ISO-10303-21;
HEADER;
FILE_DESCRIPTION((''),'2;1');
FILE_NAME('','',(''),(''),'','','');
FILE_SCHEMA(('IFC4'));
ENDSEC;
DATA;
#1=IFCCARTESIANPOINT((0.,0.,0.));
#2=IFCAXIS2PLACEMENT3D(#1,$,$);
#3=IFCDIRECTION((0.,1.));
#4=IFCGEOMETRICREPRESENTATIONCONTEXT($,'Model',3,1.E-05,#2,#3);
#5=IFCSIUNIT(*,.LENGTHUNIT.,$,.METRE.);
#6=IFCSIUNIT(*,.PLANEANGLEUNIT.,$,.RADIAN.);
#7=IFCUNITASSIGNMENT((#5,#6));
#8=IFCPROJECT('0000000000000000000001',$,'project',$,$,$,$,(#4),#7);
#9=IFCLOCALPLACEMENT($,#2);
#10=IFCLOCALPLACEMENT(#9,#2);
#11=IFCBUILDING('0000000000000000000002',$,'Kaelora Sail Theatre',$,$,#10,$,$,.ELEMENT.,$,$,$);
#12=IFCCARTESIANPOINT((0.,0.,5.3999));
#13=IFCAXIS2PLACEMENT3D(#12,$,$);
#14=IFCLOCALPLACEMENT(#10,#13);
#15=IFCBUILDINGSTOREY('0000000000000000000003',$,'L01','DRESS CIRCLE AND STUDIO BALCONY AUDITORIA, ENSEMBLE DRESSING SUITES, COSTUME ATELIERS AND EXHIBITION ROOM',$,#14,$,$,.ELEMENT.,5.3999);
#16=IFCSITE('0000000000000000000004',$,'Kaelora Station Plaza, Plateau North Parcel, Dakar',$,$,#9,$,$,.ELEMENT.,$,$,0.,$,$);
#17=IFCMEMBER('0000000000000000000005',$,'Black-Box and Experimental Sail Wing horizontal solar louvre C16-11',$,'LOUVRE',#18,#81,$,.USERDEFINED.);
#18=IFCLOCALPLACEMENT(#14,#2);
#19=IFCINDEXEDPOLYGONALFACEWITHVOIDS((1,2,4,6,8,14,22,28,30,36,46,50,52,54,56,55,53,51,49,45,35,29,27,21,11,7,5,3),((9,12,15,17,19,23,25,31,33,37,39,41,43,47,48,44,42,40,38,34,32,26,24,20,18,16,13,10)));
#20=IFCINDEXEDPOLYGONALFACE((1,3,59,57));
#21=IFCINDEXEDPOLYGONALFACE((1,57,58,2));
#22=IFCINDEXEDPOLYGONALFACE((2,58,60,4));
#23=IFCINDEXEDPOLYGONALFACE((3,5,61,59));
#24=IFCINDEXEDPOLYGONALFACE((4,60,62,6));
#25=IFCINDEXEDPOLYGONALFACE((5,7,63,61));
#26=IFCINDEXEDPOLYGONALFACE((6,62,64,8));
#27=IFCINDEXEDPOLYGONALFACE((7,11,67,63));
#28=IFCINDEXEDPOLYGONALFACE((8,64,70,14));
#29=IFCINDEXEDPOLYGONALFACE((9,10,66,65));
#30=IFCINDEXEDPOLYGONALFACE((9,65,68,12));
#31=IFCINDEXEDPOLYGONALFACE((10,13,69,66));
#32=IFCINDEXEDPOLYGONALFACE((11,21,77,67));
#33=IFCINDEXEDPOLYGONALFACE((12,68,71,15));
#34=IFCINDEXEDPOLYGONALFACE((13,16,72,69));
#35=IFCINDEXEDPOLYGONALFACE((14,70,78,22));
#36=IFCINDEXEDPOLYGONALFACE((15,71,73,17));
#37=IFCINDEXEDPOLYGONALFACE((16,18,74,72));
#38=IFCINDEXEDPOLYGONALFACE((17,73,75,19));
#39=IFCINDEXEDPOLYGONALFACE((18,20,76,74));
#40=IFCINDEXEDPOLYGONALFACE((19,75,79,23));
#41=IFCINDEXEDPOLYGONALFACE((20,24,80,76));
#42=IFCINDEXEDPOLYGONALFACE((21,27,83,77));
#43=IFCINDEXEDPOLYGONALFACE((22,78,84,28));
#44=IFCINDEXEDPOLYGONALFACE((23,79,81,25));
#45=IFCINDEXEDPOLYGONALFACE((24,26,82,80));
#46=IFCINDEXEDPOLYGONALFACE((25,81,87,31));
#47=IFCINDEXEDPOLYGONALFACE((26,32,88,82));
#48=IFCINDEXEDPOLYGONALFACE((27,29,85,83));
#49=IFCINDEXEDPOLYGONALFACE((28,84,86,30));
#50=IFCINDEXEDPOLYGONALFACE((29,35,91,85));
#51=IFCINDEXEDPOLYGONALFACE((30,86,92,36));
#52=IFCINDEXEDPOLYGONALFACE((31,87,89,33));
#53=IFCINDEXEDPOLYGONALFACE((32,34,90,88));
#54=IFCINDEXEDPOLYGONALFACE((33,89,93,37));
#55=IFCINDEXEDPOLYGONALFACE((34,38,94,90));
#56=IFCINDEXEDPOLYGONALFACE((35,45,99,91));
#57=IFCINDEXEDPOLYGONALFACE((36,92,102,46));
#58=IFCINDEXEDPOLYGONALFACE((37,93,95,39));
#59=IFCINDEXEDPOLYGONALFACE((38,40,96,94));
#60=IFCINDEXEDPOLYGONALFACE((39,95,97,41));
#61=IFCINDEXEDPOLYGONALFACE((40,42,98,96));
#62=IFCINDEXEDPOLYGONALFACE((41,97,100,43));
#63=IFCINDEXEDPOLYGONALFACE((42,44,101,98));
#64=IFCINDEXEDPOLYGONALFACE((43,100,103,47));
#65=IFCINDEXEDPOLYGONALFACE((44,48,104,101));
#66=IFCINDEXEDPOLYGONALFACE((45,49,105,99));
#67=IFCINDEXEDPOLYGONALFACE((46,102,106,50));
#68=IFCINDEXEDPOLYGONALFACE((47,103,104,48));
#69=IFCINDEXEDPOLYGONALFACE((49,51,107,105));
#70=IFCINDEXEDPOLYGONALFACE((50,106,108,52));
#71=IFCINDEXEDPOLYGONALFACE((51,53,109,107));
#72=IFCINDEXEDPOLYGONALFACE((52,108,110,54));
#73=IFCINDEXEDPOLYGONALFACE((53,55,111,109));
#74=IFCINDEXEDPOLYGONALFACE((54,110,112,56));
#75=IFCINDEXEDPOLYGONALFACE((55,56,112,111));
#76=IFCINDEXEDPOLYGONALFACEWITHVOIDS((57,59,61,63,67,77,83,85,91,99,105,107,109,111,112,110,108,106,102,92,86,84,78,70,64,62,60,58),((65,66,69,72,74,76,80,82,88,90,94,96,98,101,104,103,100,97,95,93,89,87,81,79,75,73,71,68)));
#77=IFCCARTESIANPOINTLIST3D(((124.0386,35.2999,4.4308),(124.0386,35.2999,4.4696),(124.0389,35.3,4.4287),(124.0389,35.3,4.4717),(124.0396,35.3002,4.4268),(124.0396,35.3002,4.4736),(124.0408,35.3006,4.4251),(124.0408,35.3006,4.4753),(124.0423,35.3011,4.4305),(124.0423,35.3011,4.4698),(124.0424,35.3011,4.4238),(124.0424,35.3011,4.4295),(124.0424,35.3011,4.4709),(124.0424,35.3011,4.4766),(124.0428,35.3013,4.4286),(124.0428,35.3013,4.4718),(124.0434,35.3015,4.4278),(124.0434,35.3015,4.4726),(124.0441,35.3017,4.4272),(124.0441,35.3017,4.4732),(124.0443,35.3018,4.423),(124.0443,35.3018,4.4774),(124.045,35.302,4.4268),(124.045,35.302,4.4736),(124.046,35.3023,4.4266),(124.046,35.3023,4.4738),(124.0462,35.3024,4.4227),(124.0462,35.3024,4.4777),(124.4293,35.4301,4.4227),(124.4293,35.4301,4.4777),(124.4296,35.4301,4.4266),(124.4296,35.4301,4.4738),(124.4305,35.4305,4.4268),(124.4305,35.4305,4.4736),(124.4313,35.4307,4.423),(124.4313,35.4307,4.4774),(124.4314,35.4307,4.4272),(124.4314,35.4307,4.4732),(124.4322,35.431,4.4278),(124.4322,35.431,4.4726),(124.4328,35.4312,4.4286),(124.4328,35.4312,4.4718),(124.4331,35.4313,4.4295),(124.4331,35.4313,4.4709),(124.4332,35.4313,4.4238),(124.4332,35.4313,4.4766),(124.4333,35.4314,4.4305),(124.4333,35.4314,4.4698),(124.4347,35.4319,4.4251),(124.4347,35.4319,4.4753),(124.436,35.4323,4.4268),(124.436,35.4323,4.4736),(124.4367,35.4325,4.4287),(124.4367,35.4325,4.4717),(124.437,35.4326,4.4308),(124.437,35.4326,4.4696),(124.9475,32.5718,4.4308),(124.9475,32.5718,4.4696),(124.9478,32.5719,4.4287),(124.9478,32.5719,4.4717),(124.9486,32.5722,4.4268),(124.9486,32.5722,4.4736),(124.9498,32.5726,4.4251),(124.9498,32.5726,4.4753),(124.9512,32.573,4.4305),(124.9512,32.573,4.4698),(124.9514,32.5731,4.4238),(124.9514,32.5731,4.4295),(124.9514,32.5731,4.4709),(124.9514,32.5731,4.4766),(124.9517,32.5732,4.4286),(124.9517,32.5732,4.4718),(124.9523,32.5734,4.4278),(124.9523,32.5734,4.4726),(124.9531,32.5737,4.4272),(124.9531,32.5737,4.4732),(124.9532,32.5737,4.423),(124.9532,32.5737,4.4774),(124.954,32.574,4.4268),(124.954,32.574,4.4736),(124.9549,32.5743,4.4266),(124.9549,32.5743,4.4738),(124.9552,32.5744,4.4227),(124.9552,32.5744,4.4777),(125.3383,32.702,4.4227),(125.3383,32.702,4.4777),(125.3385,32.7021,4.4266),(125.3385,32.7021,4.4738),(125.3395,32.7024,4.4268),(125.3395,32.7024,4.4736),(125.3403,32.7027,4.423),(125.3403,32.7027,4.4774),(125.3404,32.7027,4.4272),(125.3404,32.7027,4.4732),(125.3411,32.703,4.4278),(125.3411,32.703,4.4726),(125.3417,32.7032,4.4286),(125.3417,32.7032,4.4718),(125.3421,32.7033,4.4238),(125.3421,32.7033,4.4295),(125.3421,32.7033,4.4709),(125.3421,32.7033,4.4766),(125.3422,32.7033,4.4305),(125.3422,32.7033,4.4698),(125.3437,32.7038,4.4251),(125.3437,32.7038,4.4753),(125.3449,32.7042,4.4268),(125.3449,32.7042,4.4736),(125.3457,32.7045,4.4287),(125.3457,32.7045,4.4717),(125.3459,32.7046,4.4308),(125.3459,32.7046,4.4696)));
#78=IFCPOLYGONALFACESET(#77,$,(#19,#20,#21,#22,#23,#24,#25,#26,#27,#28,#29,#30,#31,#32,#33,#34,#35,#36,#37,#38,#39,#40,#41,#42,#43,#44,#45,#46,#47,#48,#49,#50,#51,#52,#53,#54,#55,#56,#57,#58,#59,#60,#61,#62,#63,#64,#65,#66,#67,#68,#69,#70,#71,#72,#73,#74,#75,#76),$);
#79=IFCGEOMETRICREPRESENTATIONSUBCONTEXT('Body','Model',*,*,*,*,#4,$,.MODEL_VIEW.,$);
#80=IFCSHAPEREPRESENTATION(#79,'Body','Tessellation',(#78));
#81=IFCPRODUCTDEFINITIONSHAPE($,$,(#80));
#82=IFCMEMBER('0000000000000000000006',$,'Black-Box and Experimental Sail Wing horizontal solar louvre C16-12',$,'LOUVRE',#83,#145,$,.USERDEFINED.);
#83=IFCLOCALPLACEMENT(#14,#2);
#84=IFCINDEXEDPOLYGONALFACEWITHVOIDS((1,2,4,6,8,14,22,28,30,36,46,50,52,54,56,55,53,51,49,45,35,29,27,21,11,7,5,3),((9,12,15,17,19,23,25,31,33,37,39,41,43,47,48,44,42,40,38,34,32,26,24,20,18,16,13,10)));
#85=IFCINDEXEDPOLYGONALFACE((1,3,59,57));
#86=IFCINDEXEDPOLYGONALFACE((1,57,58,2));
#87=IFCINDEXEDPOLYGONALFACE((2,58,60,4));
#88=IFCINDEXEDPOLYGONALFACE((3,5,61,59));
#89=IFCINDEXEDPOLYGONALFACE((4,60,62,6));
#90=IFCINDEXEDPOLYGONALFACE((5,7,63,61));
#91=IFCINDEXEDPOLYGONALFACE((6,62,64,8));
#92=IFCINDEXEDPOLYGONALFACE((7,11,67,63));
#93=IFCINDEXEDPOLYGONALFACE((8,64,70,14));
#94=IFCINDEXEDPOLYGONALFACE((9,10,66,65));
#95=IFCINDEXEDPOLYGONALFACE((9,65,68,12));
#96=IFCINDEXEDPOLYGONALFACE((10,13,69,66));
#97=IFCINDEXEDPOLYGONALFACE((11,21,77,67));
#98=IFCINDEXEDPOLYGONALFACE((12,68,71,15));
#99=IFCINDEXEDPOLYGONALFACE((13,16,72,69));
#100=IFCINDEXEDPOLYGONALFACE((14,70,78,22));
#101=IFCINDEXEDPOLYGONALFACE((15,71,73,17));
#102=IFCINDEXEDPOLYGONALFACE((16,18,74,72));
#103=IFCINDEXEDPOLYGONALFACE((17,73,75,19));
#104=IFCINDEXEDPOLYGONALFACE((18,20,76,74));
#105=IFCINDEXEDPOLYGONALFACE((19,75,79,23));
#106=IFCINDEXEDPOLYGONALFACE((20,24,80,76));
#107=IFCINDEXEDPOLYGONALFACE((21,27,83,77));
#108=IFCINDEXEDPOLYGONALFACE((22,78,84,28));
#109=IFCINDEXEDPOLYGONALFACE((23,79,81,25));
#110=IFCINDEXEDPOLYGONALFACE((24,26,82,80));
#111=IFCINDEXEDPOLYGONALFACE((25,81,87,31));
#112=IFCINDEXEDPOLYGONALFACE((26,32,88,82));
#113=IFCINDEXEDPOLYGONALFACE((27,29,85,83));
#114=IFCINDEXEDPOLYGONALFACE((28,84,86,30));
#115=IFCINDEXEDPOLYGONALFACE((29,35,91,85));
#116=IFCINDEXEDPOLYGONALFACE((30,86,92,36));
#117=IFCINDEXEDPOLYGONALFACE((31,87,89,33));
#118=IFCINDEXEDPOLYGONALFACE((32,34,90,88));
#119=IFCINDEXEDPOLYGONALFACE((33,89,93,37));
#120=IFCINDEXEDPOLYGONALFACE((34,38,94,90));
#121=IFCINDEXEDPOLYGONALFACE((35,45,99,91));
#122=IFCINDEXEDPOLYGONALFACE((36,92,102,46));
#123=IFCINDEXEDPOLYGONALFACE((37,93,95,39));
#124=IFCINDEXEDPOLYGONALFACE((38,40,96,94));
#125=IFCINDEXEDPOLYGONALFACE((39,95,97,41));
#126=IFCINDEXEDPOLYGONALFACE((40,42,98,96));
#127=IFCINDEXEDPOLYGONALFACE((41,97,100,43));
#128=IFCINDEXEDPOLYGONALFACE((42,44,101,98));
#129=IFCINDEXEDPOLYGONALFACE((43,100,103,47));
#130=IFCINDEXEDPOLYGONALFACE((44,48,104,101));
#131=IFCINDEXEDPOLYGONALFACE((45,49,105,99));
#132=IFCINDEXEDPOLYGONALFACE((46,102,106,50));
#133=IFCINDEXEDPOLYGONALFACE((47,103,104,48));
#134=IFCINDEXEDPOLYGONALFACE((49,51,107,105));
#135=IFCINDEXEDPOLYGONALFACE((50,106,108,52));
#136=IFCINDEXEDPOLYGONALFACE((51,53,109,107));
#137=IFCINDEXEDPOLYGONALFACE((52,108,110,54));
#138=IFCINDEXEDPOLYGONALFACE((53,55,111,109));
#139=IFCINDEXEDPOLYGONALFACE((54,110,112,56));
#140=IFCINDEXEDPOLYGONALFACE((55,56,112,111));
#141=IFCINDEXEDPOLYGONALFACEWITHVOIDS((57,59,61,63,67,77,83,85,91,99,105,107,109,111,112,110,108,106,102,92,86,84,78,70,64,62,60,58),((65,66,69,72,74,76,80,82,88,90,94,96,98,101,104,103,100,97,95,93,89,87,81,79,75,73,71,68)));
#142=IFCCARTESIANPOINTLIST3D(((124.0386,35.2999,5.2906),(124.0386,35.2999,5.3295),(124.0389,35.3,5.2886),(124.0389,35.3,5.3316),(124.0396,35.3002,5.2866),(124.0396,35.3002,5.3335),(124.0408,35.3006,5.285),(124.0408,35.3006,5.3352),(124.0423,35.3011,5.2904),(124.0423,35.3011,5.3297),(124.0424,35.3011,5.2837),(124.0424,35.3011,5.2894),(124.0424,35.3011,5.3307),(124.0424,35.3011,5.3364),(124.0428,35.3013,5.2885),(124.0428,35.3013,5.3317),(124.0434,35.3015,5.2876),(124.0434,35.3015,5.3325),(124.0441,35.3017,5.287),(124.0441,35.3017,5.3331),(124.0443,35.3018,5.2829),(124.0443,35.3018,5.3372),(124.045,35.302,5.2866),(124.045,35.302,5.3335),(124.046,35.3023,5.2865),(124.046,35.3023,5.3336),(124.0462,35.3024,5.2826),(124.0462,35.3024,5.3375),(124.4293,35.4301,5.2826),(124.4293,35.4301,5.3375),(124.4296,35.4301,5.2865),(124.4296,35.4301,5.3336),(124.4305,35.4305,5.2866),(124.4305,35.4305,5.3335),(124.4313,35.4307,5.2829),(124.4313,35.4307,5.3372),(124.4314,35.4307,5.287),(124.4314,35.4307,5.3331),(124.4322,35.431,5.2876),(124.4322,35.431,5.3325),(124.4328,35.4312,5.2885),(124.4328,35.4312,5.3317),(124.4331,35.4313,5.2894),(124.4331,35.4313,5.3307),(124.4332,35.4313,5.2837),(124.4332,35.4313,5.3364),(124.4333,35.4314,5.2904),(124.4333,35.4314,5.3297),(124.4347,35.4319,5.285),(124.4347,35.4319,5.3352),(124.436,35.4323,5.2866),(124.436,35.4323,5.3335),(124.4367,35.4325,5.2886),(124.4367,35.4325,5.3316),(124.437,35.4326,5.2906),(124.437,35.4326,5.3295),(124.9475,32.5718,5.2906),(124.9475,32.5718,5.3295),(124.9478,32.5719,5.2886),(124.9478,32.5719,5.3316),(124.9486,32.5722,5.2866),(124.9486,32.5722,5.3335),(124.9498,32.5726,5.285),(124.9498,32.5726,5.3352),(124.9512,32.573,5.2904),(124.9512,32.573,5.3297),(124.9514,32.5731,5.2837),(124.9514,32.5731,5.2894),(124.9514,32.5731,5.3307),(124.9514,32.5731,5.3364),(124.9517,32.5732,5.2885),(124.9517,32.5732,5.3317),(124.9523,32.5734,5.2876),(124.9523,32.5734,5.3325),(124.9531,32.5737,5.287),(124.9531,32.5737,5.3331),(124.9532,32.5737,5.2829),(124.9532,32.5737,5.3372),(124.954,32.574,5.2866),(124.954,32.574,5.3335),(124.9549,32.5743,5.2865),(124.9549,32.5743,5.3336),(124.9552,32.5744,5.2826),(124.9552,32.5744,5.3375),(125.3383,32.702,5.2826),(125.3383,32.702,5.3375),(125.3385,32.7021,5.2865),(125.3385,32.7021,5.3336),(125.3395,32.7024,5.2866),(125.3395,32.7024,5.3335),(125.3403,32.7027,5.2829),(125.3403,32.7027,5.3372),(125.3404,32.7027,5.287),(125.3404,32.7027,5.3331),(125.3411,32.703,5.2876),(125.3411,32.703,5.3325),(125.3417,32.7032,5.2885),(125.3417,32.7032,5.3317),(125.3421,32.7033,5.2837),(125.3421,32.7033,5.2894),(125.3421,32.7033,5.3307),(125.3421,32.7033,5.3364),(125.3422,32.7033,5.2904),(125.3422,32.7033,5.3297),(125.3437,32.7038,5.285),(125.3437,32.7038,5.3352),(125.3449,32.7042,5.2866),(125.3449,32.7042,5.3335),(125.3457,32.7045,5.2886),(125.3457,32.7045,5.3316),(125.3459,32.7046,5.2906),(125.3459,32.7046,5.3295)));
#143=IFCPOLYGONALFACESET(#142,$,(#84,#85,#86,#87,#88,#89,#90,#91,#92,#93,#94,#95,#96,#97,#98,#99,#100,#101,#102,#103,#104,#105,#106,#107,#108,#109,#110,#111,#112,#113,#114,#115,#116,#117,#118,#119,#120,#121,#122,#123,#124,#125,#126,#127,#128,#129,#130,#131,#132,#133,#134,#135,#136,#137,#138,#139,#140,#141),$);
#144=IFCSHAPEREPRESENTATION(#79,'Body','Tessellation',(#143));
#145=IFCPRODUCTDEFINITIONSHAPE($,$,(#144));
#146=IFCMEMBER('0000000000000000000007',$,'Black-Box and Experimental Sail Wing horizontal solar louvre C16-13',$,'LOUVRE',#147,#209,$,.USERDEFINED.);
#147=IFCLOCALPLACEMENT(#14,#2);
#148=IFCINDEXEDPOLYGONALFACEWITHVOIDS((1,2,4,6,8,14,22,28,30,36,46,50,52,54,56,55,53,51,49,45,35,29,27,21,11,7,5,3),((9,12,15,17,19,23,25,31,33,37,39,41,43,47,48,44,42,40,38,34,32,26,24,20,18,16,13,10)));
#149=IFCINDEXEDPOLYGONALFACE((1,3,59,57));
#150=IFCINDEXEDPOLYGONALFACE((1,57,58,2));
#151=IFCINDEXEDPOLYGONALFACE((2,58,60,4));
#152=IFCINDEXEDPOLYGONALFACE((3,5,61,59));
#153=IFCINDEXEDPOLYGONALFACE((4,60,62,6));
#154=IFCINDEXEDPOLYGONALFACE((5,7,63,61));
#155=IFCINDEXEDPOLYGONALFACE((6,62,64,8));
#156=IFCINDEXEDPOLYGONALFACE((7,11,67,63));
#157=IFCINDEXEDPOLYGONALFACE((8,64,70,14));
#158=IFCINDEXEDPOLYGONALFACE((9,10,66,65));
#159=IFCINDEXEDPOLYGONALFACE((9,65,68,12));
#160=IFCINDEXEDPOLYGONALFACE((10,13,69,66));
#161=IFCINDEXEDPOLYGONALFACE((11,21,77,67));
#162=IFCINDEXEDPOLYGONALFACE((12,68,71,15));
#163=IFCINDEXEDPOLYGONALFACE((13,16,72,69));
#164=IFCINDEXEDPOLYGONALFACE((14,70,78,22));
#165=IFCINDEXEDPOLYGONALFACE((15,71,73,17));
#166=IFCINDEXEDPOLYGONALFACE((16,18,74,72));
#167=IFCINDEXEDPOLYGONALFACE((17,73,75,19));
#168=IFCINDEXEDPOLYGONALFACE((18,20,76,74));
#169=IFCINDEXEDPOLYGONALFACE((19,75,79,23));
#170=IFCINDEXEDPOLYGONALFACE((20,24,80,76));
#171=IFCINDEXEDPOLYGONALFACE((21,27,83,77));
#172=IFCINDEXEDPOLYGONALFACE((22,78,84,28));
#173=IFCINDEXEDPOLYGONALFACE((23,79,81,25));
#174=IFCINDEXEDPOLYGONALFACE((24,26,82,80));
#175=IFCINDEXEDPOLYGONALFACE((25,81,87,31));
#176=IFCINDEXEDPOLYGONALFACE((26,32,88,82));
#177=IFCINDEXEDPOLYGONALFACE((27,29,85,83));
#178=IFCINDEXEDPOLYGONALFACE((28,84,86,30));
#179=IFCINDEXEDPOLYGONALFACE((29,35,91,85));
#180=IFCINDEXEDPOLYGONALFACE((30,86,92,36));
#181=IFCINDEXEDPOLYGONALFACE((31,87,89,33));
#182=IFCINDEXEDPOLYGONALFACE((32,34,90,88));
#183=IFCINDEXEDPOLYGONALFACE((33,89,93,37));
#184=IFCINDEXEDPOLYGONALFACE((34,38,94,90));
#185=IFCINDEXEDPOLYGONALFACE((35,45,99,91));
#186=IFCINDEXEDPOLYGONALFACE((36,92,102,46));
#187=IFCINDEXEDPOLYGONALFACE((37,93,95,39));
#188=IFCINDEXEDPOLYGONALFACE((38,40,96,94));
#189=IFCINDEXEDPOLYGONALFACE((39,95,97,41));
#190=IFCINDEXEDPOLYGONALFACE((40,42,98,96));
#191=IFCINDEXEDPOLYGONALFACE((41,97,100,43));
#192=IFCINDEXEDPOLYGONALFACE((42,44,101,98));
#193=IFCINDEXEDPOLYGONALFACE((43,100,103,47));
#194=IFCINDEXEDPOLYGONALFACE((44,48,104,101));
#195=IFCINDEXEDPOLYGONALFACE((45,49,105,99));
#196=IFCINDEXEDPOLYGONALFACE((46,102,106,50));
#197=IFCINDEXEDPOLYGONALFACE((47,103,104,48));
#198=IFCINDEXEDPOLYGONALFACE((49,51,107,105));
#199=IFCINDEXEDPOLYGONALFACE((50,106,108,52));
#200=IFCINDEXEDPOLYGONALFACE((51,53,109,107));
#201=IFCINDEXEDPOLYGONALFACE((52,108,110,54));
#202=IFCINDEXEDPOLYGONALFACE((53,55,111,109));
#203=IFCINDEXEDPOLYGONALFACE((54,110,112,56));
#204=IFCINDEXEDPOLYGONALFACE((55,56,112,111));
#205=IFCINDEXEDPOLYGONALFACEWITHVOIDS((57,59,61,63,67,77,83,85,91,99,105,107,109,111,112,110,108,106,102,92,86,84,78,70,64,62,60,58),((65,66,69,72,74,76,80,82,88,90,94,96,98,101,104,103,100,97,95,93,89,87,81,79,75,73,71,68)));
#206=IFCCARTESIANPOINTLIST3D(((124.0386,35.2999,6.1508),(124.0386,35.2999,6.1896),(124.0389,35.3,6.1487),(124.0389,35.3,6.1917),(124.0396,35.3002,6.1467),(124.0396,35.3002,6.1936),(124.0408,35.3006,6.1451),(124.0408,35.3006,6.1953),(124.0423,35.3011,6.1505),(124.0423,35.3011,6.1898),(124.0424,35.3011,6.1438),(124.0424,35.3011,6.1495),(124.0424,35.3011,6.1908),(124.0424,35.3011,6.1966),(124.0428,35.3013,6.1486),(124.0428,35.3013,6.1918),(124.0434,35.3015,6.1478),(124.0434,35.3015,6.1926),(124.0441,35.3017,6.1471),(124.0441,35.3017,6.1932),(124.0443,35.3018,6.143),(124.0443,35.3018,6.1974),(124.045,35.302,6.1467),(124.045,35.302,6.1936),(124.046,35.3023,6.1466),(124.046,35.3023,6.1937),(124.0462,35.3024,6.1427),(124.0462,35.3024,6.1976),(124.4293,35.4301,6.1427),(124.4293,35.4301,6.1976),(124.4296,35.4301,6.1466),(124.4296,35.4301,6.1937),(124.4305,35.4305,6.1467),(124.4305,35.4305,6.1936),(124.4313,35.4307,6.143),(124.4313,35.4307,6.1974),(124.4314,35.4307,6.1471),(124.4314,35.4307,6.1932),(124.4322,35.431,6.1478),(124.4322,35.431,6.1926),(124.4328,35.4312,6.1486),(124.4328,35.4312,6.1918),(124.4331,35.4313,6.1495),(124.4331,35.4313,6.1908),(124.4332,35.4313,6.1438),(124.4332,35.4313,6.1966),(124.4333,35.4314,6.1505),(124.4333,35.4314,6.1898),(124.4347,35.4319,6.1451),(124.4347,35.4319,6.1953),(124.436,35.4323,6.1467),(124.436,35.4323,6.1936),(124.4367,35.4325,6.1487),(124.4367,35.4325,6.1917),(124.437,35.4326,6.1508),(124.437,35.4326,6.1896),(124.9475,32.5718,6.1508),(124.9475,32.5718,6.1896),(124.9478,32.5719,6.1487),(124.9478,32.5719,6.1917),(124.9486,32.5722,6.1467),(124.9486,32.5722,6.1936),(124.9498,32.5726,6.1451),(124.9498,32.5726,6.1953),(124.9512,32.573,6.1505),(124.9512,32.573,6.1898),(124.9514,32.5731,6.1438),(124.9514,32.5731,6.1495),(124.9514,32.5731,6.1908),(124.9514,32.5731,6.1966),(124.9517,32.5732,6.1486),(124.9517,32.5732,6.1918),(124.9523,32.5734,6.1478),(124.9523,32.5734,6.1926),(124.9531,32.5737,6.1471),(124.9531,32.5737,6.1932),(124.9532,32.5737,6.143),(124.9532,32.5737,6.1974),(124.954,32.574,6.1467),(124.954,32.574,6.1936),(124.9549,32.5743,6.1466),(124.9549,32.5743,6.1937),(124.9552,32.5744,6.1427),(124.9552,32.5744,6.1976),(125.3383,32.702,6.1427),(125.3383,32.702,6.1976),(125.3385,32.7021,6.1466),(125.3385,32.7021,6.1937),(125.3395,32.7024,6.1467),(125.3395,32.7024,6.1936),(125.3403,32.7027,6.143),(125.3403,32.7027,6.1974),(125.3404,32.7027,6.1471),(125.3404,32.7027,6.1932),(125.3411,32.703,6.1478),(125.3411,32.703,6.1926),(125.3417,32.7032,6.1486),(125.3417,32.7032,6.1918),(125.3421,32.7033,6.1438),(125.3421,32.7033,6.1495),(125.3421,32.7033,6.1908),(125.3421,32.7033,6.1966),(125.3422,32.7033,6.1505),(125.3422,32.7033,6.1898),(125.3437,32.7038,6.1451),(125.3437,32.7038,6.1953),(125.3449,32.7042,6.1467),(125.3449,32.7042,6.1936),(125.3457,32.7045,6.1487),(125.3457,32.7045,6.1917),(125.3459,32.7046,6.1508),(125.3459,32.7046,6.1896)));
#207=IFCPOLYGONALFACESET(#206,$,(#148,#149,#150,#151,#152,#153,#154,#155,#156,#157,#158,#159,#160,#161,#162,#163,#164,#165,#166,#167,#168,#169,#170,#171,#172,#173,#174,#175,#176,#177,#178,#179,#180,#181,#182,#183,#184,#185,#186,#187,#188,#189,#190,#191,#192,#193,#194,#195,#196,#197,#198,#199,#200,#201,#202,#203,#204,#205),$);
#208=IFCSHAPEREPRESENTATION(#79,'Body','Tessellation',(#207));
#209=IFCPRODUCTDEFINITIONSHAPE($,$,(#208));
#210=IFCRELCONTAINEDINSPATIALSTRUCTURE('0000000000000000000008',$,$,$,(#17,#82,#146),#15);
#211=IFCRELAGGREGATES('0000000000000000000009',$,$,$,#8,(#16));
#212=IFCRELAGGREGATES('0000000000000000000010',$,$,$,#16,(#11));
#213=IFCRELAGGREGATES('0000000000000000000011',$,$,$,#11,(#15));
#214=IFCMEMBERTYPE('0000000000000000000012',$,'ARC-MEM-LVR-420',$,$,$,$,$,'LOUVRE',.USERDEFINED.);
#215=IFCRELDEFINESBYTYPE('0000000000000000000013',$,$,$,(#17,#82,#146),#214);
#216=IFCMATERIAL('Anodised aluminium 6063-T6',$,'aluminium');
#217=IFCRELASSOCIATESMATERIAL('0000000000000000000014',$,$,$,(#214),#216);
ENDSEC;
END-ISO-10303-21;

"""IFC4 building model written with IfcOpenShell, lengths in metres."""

from ifc_helpers import new_model, si_unit, direction, frame, origin, origin_2d, place, context, subcontext, project, spatial, hollow_rectangle, extrude, material, material_profile, profile_set, type_object, element, save


model = new_model("IFC4")

# Units and contexts
model_context = context("Model", 3, precision=1e-05, world=origin(), true_north=direction((0.0, 1.0)))
body_context = subcontext(model_context, "Body", "Model", "MODEL_VIEW")
ifc_project = project(units=[si_unit("LENGTHUNIT", "METRE"), si_unit("PLANEANGLEUNIT", "RADIAN")], contexts=[model_context])

# Site, building, storey
site_placement = place(None, origin())
site = spatial("IfcSite", under=ifc_project, at=site_placement, Name="Kaelora Station Plaza, Plateau North Parcel, Dakar", CompositionType="ELEMENT", RefElevation=0.0)
building_placement = place(site_placement, origin())
building = spatial("IfcBuilding", under=site, at=building_placement, Name="Kaelora Sail Theatre", CompositionType="ELEMENT")
storey_placement = place(building_placement, frame((0.0, 0.0, 5.3999)))
storey = spatial("IfcBuildingStorey", under=building, at=storey_placement, Name="L01", Description="DRESS CIRCLE AND STUDIO BALCONY AUDITORIA, ENSEMBLE DRESSING SUITES, COSTUME ATELIERS AND EXHIBITION ROOM", CompositionType="ELEMENT", Elevation=5.3999)

# Members
ifc_material_1 = material(Name="Anodised aluminium 6063-T6", Category="aluminium")
ifc_material_profile_1 = material_profile(ifc_material_1, hollow_rectangle(XDim=0.4199, YDim=0.0549, WallThickness=0.0039, InnerFilletRadius=0.0039, OuterFilletRadius=0.0081, at=origin_2d()), Name="LOUVRE 420x55x4")
ifc_profile_set_1 = profile_set([ifc_material_profile_1], Name="Anodised aluminium 6063-T6")
member_type = type_object("IfcMemberType", Name="ARC-MEM-LVR-420", ElementType="LOUVRE", PredefinedType="USERDEFINED", material=ifc_profile_set_1)
for number, where, z_axis, x_axis, name in (
    (1, (125.1467, 32.6382, 4.4502), (-0.3161, 0.948726, 0.0), (-0.948726, -0.3161, 0.0), "Black-Box and Experimental Sail Wing horizontal solar louvre C16-11"),
    (2, (125.1467, 32.6382, 5.3101), (-0.3161, 0.948726, 0.0), (-0.948726, -0.3161, 0.0), "Black-Box and Experimental Sail Wing horizontal solar louvre C16-12"),
    (3, (125.1467, 32.6382, 6.1702), (-0.3161, 0.948726, 0.0), (-0.948726, -0.3161, 0.0), "Black-Box and Experimental Sail Wing horizontal solar louvre C16-13"),
):
    element("IfcMember", number, at=place(storey_placement, frame(where, z_axis=z_axis, x_axis=x_axis)), inside=storey, type_object=member_type, Name=name, ObjectType="LOUVRE", PredefinedType="USERDEFINED", context=body_context, shape_type="SweptSolid", body=[
        extrude(hollow_rectangle(XDim=0.4199, YDim=0.0549, WallThickness=0.0039, InnerFilletRadius=0.0039, OuterFilletRadius=0.0081, at=origin_2d()), origin(), (0.0, 0.0, 1.0), 2.8755),
    ])

save(model, "model.ifc")
